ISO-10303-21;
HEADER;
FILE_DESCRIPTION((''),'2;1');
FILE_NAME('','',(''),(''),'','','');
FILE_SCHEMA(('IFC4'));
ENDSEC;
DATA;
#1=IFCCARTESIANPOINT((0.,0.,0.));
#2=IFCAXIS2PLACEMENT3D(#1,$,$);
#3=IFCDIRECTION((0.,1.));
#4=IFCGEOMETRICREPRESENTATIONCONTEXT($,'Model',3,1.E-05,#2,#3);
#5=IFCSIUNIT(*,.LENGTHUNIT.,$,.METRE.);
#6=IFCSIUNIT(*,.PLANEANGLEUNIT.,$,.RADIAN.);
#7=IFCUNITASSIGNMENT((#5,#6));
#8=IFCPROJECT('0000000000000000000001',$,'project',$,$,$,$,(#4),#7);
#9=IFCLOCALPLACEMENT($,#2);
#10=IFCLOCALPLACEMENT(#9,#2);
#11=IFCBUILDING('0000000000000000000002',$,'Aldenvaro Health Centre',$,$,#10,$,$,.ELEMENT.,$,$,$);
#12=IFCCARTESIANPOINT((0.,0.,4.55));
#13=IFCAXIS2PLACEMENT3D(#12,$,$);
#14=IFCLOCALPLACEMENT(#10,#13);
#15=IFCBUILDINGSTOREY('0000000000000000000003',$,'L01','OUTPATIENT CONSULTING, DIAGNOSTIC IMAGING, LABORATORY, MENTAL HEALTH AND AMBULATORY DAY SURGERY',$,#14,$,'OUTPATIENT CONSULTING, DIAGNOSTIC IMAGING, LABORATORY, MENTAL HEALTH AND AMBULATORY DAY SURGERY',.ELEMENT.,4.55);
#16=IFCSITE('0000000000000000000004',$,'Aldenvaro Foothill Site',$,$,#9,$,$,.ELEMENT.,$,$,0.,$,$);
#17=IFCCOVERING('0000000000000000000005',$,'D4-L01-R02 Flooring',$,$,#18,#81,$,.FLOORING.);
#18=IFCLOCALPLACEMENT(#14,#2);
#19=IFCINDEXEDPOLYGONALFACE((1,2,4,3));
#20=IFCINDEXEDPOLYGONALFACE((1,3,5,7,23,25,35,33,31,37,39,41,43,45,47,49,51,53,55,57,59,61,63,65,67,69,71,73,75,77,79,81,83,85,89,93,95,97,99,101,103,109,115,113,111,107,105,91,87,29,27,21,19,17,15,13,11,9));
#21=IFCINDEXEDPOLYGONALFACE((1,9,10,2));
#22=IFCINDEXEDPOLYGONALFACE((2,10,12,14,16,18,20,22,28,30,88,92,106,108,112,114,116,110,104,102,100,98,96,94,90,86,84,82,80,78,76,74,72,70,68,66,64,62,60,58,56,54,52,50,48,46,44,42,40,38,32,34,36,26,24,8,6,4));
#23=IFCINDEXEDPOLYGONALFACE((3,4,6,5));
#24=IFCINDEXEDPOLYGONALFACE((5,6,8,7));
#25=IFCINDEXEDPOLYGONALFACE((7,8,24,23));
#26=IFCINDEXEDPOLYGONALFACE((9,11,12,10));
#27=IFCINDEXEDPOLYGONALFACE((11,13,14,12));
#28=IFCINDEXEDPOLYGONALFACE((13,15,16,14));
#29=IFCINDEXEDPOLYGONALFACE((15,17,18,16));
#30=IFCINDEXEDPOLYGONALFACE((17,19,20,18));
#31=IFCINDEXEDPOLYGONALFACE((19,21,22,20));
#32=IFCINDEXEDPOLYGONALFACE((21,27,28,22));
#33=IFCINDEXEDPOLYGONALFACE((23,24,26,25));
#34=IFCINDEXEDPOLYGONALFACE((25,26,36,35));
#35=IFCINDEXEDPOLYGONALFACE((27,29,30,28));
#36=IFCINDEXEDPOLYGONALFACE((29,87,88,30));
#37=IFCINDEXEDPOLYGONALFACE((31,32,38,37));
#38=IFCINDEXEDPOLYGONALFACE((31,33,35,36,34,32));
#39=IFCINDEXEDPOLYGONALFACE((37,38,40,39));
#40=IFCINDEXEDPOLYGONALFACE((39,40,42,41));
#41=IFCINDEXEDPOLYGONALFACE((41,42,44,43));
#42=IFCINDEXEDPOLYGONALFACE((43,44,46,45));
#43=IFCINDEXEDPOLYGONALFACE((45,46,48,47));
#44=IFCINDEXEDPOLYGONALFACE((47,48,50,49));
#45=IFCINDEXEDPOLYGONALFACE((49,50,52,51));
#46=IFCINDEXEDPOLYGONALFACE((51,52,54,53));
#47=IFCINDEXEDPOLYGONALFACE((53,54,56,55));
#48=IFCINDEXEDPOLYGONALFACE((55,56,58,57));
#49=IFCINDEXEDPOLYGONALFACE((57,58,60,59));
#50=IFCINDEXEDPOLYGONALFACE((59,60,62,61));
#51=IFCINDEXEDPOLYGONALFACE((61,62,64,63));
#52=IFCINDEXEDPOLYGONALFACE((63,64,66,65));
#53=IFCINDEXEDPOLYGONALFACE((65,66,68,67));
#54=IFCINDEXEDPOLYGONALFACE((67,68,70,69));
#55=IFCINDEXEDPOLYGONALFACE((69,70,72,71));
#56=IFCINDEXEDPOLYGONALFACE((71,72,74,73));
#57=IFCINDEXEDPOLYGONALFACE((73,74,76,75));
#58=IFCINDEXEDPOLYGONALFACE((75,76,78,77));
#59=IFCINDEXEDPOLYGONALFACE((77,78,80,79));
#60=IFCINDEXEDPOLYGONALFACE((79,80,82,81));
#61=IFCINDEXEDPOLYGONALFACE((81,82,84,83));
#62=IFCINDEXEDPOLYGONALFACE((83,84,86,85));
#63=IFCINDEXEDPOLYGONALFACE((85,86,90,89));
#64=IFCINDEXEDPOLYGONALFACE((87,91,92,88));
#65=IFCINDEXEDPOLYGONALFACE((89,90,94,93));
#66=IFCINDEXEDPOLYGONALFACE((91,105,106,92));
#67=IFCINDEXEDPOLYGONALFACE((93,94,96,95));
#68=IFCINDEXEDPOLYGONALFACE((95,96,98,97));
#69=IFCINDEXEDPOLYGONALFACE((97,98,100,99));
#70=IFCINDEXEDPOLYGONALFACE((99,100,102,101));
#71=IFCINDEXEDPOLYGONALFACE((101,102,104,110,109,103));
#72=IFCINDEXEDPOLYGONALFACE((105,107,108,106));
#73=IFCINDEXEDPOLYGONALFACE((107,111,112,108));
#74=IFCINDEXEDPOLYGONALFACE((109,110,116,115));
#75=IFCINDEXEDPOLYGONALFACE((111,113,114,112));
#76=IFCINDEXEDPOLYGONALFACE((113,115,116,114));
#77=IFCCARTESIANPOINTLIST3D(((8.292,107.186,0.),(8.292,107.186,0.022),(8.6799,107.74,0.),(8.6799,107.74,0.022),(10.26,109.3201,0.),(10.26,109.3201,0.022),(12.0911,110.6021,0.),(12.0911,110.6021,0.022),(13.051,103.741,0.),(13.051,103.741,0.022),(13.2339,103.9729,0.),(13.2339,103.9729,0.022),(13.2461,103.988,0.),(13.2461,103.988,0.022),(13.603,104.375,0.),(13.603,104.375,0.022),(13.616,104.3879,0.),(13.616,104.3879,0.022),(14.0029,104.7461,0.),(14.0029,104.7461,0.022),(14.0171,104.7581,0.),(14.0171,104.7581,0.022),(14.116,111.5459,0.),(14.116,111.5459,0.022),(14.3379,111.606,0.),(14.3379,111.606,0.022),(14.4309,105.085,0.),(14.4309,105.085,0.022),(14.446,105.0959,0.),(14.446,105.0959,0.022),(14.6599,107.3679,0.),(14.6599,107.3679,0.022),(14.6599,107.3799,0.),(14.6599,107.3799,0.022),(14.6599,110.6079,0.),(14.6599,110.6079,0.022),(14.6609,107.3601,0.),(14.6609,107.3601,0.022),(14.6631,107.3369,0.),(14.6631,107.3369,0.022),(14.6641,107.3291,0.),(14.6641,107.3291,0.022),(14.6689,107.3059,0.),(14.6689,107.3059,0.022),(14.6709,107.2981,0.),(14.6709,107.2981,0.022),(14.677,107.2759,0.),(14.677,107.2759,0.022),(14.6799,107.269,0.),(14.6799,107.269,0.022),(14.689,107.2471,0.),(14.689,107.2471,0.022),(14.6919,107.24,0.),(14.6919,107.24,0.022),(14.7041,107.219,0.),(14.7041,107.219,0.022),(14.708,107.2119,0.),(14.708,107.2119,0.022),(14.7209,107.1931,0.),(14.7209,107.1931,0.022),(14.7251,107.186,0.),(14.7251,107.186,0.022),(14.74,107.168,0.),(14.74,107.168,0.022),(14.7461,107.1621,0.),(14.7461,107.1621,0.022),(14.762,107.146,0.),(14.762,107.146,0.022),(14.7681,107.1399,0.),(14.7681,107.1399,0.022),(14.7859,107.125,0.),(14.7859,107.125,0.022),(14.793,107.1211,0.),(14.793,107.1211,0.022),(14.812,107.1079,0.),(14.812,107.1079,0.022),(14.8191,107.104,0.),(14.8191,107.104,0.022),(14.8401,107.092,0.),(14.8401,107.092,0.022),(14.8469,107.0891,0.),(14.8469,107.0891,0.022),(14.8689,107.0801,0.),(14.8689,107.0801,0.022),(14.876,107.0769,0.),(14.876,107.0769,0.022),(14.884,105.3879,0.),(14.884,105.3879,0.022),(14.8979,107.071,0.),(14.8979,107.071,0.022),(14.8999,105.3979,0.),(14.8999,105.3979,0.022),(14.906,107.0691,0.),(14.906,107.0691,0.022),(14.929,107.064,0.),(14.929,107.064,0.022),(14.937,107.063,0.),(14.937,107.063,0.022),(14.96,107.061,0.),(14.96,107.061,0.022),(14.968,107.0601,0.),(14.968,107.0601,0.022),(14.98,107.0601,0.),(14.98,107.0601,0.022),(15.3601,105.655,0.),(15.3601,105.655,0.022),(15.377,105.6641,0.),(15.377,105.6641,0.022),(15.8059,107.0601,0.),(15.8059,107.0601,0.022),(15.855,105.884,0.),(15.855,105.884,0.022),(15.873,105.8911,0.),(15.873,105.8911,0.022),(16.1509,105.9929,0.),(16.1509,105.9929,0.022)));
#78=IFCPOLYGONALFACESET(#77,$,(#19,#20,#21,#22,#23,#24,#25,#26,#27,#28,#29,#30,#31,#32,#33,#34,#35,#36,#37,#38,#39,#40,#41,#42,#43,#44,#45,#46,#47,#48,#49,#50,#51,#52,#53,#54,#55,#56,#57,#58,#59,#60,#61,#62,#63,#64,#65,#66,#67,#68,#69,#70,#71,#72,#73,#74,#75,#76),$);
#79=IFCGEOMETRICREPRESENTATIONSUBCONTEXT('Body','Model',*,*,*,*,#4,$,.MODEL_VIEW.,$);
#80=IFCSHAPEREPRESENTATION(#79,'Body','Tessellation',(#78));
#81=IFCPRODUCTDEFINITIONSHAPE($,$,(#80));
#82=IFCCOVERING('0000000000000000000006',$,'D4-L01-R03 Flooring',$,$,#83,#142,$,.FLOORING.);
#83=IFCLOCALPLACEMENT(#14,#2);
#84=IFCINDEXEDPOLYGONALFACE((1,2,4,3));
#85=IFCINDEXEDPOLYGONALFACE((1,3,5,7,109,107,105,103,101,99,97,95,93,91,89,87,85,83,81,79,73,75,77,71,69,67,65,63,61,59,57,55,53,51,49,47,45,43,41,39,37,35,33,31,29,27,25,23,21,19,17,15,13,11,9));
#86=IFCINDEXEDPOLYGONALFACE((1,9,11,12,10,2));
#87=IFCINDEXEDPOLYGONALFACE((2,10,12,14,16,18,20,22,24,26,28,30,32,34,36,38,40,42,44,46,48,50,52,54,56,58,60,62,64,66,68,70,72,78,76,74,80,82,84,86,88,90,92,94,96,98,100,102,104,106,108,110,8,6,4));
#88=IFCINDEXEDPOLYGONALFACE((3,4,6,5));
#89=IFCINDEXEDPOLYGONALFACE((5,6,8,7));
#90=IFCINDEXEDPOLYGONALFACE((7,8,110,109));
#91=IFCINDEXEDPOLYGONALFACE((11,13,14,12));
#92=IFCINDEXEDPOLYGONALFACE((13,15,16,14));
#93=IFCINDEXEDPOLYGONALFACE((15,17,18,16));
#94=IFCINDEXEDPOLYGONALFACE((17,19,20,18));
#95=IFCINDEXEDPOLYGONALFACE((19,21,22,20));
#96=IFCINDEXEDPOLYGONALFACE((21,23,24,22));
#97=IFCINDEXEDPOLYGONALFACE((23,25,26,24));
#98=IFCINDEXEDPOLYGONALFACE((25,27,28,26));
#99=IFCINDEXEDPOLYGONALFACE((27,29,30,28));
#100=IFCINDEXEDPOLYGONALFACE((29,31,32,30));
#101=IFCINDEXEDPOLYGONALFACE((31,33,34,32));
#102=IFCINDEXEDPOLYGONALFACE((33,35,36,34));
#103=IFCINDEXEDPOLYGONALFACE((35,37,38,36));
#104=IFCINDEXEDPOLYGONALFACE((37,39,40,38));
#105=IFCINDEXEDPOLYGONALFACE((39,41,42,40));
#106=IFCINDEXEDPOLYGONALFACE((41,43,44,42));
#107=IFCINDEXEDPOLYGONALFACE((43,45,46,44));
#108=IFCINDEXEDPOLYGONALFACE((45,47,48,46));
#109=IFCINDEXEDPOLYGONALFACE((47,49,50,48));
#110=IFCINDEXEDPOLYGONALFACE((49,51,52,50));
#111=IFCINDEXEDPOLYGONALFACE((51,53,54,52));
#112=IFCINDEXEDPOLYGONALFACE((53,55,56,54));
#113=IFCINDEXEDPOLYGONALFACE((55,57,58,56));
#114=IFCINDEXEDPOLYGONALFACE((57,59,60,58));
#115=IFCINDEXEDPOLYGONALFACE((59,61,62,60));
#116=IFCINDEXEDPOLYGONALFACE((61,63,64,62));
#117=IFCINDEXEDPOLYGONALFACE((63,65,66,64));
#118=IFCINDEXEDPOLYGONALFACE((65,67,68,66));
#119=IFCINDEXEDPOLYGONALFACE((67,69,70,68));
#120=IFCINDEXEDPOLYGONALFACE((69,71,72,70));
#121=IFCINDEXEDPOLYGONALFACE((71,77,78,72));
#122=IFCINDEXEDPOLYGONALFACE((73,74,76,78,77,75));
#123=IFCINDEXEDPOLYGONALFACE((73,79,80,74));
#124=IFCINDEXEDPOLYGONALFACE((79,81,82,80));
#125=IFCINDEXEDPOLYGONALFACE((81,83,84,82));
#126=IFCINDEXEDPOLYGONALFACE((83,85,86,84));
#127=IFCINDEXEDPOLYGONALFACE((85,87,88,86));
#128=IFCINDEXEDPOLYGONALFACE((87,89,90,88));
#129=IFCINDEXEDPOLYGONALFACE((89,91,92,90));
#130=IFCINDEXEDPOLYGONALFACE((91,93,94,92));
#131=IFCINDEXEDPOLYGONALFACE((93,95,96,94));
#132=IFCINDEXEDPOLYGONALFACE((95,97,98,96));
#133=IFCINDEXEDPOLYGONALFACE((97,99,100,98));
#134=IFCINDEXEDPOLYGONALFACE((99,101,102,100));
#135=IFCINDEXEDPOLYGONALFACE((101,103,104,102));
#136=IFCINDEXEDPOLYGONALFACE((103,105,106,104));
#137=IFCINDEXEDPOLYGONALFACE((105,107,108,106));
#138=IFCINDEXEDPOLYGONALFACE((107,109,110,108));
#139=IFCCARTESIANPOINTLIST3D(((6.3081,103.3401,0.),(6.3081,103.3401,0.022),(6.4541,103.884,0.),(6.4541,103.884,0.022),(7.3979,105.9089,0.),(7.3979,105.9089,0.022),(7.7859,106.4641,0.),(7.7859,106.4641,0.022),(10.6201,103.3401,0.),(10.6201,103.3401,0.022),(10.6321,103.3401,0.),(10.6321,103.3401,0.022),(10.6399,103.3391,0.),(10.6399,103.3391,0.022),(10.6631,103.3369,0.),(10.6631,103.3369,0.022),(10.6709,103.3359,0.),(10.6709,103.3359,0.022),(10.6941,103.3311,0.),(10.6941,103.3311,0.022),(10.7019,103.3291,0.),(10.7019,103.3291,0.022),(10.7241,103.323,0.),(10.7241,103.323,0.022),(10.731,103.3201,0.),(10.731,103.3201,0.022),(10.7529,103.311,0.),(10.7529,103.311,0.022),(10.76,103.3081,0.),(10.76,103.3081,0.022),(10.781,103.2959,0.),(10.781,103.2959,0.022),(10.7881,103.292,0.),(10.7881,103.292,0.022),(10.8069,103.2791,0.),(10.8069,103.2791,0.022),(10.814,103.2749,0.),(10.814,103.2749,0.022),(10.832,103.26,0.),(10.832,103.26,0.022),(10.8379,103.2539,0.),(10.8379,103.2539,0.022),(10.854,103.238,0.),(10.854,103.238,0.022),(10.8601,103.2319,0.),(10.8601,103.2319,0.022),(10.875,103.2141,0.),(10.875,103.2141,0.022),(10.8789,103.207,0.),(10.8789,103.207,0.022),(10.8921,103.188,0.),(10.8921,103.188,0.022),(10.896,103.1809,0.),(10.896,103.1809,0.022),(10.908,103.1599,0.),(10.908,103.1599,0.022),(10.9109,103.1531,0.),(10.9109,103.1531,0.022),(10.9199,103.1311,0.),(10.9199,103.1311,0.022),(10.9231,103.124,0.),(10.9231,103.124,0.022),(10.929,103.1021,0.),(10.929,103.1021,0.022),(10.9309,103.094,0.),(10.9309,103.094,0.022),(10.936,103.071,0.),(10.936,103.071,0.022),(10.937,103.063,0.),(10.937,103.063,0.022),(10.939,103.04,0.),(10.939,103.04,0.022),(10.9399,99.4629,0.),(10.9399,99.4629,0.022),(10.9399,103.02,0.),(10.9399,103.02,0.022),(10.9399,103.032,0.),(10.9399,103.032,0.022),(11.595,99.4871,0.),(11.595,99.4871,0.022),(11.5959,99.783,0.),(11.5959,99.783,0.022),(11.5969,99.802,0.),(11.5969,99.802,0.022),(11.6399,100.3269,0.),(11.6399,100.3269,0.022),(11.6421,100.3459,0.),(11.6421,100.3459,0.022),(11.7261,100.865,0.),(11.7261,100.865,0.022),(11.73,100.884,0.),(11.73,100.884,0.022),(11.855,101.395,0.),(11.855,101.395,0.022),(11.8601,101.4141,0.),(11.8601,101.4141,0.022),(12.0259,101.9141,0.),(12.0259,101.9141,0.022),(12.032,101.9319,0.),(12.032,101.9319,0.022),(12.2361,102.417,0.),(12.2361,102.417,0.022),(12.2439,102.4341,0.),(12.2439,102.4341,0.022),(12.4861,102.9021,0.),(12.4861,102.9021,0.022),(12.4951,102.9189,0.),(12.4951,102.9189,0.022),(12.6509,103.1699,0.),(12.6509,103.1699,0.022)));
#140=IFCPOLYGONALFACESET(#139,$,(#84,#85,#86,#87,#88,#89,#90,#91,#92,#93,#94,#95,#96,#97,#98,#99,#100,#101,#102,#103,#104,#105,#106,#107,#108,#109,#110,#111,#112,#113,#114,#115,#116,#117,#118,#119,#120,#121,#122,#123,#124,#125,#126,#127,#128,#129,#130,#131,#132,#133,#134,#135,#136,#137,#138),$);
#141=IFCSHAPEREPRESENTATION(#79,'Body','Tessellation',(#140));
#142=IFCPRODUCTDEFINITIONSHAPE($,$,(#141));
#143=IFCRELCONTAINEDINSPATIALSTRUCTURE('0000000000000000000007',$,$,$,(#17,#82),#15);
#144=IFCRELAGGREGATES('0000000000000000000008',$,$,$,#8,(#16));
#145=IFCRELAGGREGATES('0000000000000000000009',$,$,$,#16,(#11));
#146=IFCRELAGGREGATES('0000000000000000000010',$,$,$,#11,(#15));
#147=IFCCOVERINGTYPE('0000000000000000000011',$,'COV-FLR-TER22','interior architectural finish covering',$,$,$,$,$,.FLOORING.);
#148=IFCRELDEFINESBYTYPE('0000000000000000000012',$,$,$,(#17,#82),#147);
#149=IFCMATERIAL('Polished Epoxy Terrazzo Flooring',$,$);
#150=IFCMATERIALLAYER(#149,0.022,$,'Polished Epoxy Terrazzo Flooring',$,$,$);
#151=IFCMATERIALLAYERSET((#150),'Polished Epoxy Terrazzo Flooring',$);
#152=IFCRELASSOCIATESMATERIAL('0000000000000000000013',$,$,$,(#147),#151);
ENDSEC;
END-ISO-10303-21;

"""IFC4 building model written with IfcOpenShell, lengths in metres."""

from ifc_helpers import new_model, si_unit, direction, frame, origin, place, context, subcontext, project, spatial, polyline, outline, extrude, material, layer, layer_set, type_object, element, save


model = new_model("IFC4")

# Units and contexts
model_context = context("Model", 3, precision=1e-05, world=origin(), true_north=direction((0.0, 1.0)))
body_context = subcontext(model_context, "Body", "Model", "MODEL_VIEW")
ifc_project = project(units=[si_unit("LENGTHUNIT", "METRE"), si_unit("PLANEANGLEUNIT", "RADIAN")], contexts=[model_context])

# Site, building, storey
site_placement = place(None, origin())
site = spatial("IfcSite", under=ifc_project, at=site_placement, Name="Aldenvaro Foothill Site", CompositionType="ELEMENT", RefElevation=0.0)
building_placement = place(site_placement, origin())
building = spatial("IfcBuilding", under=site, at=building_placement, Name="Aldenvaro Health Centre", CompositionType="ELEMENT")
storey_placement = place(building_placement, frame((0.0, 0.0, 4.55)))
storey = spatial("IfcBuildingStorey", under=building, at=storey_placement, Name="L01", Description="OUTPATIENT CONSULTING, DIAGNOSTIC IMAGING, LABORATORY, MENTAL HEALTH AND AMBULATORY DAY SURGERY", LongName="OUTPATIENT CONSULTING, DIAGNOSTIC IMAGING, LABORATORY, MENTAL HEALTH AND AMBULATORY DAY SURGERY", CompositionType="ELEMENT", Elevation=4.55)

# Coverings
ifc_material_1 = material(Name="Polished Epoxy Terrazzo Flooring")
ifc_layer_1 = layer(ifc_material_1, 0.022, Name="Polished Epoxy Terrazzo Flooring")
ifc_layer_set_1 = layer_set([ifc_layer_1], Name="Polished Epoxy Terrazzo Flooring")
covering_type_1 = type_object("IfcCoveringType", Name="COV-FLR-TER22", Description="interior architectural finish covering", PredefinedType="FLOORING", material=ifc_layer_set_1)
covering_1_placement = place(storey_placement, origin())
element("IfcCovering", 1, at=covering_1_placement, inside=storey, type_object=covering_type_1, Name="D4-L01-R02 Flooring", PredefinedType="FLOORING", context=body_context, shape_type="SweptSolid", body=[
    extrude(outline(polyline([(15.873, 105.8911), (15.855, 105.884), (15.377, 105.6641), (15.3601, 105.655), (14.8999, 105.3979), (14.884, 105.3879), (14.446, 105.0959), (14.4309, 105.085), (14.0171, 104.7581), (14.0029, 104.7461), (13.616, 104.3879), (13.603, 104.375), (13.2461, 103.988), (13.2339, 103.9729), (13.051, 103.741), (8.292, 107.186), (8.6799, 107.74), (10.26, 109.3201), (12.0911, 110.6021), (14.116, 111.5459), (14.3379, 111.606), (14.6599, 110.6079), (14.6599, 107.3799), (14.6599, 107.3679), (14.6609, 107.3601), (14.6631, 107.3369), (14.6641, 107.3291), (14.6689, 107.3059), (14.6709, 107.2981), (14.677, 107.2759), (14.6799, 107.269), (14.689, 107.2471), (14.6919, 107.24), (14.7041, 107.219), (14.708, 107.2119), (14.7209, 107.1931), (14.7251, 107.186), (14.74, 107.168), (14.7461, 107.1621), (14.762, 107.146), (14.7681, 107.1399), (14.7859, 107.125), (14.793, 107.1211), (14.812, 107.1079), (14.8191, 107.104), (14.8401, 107.092), (14.8469, 107.0891), (14.8689, 107.0801), (14.876, 107.0769), (14.8979, 107.071), (14.906, 107.0691), (14.929, 107.064), (14.937, 107.063), (14.96, 107.061), (14.968, 107.0601), (14.98, 107.0601), (15.8059, 107.0601), (16.1509, 105.9929), (15.873, 105.8911)])), origin(), (0.0, 0.0, 1.0), 0.022),
])
covering_2_placement = place(storey_placement, origin())
element("IfcCovering", 2, at=covering_2_placement, inside=storey, type_object=covering_type_1, Name="D4-L01-R03 Flooring", PredefinedType="FLOORING", context=body_context, shape_type="SweptSolid", body=[
    extrude(outline(polyline([(12.4951, 102.9189), (12.4861, 102.9021), (12.2439, 102.4341), (12.2361, 102.417), (12.032, 101.9319), (12.0259, 101.9141), (11.8601, 101.4141), (11.855, 101.395), (11.73, 100.884), (11.7261, 100.865), (11.6421, 100.3459), (11.6399, 100.3269), (11.5969, 99.802), (11.5959, 99.783), (11.595, 99.4871), (10.9399, 99.4629), (10.9399, 103.02), (10.9399, 103.032), (10.939, 103.04), (10.937, 103.063), (10.936, 103.071), (10.9309, 103.094), (10.929, 103.1021), (10.9231, 103.124), (10.9199, 103.1311), (10.9109, 103.1531), (10.908, 103.1599), (10.896, 103.1809), (10.8921, 103.188), (10.8789, 103.207), (10.875, 103.2141), (10.8601, 103.2319), (10.854, 103.238), (10.8379, 103.2539), (10.832, 103.26), (10.814, 103.2749), (10.8069, 103.2791), (10.7881, 103.292), (10.781, 103.2959), (10.76, 103.3081), (10.7529, 103.311), (10.731, 103.3201), (10.7241, 103.323), (10.7019, 103.3291), (10.6941, 103.3311), (10.6709, 103.3359), (10.6631, 103.3369), (10.6399, 103.3391), (10.6321, 103.3401), (10.6201, 103.3401), (6.3081, 103.3401), (6.4541, 103.884), (7.3979, 105.9089), (7.7859, 106.4641), (12.6509, 103.1699), (12.4951, 102.9189)])), origin(), (0.0, 0.0, 1.0), 0.022),
])

save(model, "model.ifc")
